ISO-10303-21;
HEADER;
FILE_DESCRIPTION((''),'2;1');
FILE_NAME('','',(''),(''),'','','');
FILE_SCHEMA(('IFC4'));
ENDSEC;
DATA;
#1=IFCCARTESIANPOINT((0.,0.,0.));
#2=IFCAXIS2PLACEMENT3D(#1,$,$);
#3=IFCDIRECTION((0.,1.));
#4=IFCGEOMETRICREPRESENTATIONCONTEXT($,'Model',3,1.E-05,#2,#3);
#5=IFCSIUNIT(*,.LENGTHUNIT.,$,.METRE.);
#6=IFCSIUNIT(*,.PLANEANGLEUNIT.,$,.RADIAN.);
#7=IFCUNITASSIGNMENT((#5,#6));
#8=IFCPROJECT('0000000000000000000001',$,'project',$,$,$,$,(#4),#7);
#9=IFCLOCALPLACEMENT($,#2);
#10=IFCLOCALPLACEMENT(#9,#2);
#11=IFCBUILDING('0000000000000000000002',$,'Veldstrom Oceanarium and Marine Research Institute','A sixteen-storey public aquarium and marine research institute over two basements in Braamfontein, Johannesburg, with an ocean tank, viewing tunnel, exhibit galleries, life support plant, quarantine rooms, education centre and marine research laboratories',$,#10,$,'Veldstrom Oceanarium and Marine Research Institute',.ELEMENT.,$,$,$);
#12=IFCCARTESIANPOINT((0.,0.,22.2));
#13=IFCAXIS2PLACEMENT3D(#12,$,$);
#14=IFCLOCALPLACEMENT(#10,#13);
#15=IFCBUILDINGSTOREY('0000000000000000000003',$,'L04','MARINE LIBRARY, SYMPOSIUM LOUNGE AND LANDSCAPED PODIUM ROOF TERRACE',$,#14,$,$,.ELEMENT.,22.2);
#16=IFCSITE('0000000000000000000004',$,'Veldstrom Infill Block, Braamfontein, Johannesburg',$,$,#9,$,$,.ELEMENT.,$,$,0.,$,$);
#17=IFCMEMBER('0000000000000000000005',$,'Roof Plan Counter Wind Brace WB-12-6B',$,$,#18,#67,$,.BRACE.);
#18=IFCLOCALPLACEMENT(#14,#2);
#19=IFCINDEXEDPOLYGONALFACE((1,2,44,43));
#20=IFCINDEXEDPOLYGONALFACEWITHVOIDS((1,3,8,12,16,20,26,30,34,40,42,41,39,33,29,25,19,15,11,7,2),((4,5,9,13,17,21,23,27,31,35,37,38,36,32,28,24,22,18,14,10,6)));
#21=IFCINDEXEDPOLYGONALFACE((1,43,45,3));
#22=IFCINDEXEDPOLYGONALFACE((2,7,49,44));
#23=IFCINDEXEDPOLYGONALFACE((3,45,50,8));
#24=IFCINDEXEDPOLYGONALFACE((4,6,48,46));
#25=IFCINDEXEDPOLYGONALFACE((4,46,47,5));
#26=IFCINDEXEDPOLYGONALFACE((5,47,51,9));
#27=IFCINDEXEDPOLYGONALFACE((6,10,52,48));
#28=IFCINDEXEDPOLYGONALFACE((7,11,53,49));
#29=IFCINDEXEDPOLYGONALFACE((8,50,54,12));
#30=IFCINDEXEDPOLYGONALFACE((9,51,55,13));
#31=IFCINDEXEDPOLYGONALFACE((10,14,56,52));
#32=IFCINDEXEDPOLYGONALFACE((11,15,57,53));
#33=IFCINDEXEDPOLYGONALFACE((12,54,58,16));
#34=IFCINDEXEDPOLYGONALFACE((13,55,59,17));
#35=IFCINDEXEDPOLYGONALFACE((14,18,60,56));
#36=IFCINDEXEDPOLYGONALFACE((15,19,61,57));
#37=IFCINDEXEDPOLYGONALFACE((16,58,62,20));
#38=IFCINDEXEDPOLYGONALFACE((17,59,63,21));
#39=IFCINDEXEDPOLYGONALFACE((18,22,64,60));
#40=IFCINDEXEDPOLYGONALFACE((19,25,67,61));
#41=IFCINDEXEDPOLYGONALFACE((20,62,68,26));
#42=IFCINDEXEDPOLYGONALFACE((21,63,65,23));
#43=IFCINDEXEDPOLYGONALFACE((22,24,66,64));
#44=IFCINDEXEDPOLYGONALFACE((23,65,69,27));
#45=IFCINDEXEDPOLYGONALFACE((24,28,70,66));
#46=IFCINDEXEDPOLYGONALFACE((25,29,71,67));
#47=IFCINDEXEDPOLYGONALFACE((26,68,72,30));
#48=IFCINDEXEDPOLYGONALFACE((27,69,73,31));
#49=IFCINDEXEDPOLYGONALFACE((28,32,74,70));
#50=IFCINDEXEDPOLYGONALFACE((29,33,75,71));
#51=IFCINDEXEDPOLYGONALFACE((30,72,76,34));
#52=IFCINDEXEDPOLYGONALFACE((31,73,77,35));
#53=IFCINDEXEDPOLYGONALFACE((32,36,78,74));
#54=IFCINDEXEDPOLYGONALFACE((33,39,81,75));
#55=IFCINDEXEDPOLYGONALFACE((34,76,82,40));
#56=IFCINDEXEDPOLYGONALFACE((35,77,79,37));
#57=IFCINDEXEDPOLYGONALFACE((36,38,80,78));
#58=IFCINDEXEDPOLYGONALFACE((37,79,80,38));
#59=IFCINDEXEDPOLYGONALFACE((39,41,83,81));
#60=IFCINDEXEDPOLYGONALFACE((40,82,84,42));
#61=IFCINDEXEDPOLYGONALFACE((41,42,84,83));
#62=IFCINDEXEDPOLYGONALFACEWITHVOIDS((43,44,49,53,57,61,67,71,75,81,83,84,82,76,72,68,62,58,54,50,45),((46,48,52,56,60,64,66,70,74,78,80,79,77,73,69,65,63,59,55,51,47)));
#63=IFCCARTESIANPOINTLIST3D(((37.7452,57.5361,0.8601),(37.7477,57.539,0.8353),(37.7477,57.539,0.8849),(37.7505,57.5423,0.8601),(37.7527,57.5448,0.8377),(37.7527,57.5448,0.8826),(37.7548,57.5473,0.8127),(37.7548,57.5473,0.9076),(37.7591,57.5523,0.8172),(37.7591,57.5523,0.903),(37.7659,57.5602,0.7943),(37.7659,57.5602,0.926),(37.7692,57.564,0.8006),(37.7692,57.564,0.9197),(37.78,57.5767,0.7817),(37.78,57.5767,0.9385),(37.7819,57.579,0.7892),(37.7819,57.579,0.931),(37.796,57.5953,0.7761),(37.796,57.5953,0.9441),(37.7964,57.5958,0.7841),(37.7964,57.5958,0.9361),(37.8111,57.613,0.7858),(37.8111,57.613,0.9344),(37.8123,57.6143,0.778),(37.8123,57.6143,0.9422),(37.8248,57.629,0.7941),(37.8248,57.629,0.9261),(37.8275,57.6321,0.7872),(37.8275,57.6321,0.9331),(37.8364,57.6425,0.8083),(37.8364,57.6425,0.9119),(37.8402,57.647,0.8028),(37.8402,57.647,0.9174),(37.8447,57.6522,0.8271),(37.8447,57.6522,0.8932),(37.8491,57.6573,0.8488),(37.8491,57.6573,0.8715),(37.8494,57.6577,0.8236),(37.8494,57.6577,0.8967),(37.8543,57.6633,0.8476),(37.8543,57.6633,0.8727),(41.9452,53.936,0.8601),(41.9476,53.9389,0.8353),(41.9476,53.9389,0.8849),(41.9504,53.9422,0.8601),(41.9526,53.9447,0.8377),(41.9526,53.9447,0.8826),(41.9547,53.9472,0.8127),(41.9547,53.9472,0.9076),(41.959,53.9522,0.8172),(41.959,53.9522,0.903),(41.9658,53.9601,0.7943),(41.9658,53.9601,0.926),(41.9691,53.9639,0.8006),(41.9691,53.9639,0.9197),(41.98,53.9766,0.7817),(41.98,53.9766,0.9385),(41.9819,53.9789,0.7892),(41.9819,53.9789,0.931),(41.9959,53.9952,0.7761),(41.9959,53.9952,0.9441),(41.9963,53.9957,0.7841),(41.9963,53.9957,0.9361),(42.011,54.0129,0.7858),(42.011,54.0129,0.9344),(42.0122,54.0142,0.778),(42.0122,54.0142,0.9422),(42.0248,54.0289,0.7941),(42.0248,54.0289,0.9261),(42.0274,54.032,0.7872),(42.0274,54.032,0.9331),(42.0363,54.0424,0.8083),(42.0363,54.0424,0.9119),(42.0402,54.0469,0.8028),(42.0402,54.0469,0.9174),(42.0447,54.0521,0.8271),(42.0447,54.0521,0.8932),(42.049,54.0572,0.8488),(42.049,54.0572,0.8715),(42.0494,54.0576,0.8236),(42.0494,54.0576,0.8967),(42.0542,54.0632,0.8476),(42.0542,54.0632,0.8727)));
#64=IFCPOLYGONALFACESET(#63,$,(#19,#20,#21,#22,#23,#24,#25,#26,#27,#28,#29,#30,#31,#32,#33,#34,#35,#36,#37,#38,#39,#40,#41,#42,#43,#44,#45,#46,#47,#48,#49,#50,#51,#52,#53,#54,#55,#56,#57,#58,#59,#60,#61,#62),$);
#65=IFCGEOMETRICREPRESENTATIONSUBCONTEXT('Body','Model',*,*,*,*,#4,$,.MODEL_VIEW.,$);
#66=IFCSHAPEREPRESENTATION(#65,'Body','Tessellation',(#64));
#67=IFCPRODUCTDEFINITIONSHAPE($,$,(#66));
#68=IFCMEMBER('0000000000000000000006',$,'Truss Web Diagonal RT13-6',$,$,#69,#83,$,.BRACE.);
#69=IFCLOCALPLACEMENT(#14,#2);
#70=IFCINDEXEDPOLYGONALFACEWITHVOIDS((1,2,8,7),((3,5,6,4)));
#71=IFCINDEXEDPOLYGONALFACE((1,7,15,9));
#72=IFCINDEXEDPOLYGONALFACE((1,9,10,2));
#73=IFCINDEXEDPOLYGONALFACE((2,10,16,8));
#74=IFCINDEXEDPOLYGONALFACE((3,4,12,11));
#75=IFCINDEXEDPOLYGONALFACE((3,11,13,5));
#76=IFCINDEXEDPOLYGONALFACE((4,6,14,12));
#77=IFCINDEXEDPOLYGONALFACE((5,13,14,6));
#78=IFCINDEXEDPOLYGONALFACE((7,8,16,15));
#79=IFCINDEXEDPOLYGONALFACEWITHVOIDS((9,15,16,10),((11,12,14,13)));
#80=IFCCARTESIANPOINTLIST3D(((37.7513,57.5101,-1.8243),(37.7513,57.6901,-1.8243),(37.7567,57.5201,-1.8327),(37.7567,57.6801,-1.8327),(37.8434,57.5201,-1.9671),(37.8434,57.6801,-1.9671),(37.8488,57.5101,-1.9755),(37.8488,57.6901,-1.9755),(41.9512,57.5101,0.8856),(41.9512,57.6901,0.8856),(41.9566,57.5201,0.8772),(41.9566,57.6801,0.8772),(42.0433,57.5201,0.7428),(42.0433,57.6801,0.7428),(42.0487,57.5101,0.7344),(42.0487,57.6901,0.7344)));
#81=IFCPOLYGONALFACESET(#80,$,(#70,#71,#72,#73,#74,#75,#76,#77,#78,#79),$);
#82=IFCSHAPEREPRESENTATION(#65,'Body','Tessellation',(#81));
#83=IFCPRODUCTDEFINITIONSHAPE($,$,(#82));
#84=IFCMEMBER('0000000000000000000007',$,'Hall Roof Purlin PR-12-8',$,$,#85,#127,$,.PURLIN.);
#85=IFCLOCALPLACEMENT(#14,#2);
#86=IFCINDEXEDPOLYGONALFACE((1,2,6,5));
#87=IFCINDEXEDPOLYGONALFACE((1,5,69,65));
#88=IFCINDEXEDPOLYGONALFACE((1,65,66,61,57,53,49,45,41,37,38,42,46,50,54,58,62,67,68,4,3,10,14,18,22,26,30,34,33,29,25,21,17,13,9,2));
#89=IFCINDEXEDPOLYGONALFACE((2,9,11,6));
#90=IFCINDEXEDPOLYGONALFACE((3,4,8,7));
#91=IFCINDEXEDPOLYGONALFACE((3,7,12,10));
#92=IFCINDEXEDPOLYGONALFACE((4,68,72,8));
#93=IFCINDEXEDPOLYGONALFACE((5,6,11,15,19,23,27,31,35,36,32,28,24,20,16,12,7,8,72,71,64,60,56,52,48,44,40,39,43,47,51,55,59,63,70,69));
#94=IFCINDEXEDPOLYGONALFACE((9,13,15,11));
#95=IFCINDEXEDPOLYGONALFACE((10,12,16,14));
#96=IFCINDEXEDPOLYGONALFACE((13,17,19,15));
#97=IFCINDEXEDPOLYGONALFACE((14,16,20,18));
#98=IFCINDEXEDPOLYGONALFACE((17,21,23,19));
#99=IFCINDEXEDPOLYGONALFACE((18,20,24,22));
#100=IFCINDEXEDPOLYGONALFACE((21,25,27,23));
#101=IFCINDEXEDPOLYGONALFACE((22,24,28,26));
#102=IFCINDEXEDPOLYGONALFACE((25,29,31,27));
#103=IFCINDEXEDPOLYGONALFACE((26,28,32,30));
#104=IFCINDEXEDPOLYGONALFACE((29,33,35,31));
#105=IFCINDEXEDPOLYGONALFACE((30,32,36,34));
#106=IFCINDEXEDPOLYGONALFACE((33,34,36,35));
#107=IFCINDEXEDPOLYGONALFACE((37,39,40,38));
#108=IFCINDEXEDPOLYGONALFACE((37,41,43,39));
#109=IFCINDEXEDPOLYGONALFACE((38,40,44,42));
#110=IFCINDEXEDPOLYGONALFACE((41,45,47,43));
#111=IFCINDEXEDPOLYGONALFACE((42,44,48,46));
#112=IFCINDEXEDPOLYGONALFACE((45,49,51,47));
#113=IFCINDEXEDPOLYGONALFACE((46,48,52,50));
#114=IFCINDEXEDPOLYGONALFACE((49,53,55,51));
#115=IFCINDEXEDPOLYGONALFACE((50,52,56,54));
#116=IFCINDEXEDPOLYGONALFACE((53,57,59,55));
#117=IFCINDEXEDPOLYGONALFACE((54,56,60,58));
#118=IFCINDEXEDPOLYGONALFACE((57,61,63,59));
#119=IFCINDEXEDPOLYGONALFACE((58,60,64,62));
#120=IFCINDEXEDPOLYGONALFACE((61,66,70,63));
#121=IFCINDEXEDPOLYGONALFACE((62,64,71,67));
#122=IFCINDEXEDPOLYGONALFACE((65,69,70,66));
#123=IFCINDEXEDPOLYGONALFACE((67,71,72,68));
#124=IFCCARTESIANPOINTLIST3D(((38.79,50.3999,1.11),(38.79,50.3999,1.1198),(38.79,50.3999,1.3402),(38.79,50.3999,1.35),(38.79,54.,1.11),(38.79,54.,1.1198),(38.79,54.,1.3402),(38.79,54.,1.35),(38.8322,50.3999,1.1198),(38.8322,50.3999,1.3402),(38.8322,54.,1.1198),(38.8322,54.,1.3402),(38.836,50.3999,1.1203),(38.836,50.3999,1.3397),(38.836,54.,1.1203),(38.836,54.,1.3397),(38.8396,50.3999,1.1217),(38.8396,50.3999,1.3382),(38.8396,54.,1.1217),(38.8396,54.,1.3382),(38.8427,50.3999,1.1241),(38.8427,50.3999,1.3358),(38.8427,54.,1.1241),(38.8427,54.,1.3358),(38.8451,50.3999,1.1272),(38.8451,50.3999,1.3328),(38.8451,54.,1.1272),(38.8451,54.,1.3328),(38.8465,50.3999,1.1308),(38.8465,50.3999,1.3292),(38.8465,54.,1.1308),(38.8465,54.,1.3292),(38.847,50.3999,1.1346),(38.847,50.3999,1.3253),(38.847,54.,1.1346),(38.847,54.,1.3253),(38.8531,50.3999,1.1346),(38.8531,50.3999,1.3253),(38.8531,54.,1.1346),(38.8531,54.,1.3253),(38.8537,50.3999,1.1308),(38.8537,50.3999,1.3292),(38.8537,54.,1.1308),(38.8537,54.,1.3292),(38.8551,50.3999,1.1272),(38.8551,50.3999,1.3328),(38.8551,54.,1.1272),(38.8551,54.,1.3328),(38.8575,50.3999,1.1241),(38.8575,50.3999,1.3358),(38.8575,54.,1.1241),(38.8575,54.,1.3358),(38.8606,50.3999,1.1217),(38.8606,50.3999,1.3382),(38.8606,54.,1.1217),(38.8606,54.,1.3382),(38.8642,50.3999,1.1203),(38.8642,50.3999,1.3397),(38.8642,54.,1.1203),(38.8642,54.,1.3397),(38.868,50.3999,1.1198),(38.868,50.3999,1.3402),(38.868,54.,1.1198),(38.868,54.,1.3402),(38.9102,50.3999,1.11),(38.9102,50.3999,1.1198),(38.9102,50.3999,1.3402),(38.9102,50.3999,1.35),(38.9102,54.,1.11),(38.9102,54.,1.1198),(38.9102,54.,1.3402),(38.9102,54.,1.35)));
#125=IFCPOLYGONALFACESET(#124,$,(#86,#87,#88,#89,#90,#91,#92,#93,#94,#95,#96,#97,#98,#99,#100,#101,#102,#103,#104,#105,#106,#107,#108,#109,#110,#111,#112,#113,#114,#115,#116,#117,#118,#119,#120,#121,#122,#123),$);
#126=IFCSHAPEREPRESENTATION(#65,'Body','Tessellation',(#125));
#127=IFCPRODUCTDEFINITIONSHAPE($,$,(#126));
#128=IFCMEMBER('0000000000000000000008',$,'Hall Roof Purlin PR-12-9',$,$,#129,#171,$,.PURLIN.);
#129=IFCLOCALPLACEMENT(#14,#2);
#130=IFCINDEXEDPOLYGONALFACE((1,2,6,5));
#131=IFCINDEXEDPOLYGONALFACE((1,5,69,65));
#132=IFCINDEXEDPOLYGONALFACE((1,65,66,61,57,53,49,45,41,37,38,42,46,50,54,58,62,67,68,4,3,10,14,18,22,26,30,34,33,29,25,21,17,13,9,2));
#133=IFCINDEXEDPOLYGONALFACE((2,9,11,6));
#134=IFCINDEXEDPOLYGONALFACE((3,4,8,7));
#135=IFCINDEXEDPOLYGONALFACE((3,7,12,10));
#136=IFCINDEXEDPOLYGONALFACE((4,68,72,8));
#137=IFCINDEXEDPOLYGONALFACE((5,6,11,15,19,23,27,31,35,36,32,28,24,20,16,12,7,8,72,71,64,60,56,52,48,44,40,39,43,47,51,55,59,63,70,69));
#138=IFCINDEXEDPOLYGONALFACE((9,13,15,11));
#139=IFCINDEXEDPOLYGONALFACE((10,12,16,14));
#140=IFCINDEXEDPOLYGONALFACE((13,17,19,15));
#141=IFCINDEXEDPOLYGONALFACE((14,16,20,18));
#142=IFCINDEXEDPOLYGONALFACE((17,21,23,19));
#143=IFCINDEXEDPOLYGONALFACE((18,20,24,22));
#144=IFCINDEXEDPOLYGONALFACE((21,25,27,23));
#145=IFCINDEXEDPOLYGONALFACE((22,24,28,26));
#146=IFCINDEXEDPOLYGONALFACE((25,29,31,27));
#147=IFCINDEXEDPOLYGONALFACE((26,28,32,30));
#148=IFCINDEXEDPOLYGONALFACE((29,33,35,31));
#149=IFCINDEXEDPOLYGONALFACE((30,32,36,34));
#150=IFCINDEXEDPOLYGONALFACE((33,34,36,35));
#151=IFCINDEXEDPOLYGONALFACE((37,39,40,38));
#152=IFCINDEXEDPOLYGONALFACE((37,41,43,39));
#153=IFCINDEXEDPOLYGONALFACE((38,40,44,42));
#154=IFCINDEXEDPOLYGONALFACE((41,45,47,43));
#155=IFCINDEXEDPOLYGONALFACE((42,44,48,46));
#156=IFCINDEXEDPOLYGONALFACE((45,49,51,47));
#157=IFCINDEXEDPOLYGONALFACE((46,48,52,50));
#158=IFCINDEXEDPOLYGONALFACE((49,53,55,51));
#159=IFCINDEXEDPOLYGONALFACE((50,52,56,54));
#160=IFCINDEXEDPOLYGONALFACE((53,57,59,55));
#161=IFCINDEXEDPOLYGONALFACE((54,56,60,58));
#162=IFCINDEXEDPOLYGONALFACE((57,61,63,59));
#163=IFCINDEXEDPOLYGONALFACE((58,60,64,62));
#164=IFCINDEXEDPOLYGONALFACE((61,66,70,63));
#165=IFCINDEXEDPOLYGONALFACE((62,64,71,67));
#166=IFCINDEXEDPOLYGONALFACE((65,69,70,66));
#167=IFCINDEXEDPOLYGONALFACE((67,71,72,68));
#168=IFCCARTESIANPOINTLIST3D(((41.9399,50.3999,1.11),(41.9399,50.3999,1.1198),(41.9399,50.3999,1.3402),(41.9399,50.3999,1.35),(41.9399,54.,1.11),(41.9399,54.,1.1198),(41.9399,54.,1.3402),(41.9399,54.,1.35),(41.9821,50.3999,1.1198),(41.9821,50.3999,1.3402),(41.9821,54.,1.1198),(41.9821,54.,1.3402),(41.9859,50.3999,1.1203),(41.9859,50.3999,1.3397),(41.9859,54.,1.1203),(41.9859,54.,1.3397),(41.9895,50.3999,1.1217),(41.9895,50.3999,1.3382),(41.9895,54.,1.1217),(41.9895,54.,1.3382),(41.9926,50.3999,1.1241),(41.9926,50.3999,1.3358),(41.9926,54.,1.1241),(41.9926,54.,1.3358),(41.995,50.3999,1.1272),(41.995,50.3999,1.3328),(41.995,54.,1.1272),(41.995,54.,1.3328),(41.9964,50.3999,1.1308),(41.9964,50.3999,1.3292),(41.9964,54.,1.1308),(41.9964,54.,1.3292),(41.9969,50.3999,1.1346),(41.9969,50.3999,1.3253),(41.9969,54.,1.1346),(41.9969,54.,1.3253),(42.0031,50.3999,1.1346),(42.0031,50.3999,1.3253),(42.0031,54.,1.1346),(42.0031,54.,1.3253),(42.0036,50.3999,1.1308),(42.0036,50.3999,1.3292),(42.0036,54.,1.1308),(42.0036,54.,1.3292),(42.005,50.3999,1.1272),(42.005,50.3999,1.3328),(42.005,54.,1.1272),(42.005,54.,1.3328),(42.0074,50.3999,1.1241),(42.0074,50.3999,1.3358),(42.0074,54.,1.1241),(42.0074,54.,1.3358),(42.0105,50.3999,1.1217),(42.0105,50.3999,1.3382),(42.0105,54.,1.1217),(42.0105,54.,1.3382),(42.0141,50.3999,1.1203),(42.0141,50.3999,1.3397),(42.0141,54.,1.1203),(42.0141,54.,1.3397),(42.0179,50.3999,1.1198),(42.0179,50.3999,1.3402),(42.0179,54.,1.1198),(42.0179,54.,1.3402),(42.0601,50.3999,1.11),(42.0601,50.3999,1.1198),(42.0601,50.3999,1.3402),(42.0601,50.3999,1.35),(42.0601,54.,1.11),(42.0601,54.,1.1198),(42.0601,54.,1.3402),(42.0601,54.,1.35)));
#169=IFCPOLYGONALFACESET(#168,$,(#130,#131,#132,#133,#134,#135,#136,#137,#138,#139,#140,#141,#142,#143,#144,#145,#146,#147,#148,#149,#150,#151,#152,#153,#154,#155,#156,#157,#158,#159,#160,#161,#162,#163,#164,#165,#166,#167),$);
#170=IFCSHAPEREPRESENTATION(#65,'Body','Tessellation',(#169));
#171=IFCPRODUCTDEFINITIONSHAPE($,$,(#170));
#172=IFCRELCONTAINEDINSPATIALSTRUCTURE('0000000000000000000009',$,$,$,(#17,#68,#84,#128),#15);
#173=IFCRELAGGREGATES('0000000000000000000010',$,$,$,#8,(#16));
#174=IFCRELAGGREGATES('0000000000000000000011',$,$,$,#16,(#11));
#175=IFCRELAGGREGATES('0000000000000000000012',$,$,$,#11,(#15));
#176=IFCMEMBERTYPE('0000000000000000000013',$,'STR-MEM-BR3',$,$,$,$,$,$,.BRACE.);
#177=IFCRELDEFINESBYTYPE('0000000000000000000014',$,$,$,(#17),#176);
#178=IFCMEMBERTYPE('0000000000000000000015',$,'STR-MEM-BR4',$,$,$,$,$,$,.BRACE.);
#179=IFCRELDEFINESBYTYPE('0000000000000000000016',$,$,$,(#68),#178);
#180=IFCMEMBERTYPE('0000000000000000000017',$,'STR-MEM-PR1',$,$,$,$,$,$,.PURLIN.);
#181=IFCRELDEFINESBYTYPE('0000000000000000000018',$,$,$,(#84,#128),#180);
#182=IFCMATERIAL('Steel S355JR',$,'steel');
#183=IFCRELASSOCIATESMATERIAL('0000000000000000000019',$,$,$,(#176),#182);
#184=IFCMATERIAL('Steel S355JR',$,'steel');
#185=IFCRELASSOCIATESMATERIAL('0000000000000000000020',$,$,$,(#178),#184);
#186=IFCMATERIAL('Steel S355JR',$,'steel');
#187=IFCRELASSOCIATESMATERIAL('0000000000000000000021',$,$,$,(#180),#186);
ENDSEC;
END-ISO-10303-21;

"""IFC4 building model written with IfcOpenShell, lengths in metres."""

from ifc_helpers import new_model, si_unit, direction, frame, origin, origin_2d, place, context, subcontext, project, spatial, hollow_rectangle, hollow_circle, i_section, extrude, material, material_profile, profile_set, type_object, element, save


model = new_model("IFC4")

# Units and contexts
model_context = context("Model", 3, precision=1e-05, world=origin(), true_north=direction((0.0, 1.0)))
body_context = subcontext(model_context, "Body", "Model", "MODEL_VIEW")
ifc_project = project(units=[si_unit("LENGTHUNIT", "METRE"), si_unit("PLANEANGLEUNIT", "RADIAN")], contexts=[model_context])

# Site, building, storey
site_placement = place(None, origin())
site = spatial("IfcSite", under=ifc_project, at=site_placement, Name="Veldstrom Infill Block, Braamfontein, Johannesburg", CompositionType="ELEMENT", RefElevation=0.0)
building_placement = place(site_placement, origin())
building = spatial("IfcBuilding", under=site, at=building_placement, Name="Veldstrom Oceanarium and Marine Research Institute", Description="A sixteen-storey public aquarium and marine research institute over two basements in Braamfontein, Johannesburg, with an ocean tank, viewing tunnel, exhibit galleries, life support plant, quarantine rooms, education centre and marine research laboratories", LongName="Veldstrom Oceanarium and Marine Research Institute", CompositionType="ELEMENT")
storey_placement = place(building_placement, frame((0.0, 0.0, 22.2)))
storey = spatial("IfcBuildingStorey", under=building, at=storey_placement, Name="L04", Description="MARINE LIBRARY, SYMPOSIUM LOUNGE AND LANDSCAPED PODIUM ROOF TERRACE", CompositionType="ELEMENT", Elevation=22.2)

# Members
ifc_material_1 = material(Name="Steel S355JR", Category="steel")
ifc_material_profile_1 = material_profile(ifc_material_1, hollow_circle(Radius=0.0842, WallThickness=0.0081, at=origin_2d()), Name="CHS 168.3x8")
ifc_profile_set_1 = profile_set([ifc_material_profile_1], Name="Steel S355JR")
member_type_1 = type_object("IfcMemberType", Name="STR-MEM-BR3", PredefinedType="BRACE", material=ifc_profile_set_1)
for number, where, z_axis, x_axis, name in (
    (1, (42.0, 54.0, 0.8601), (-0.759244, 0.650806, 0.0), (-0.650806, -0.759244, 0.0), "Roof Plan Counter Wind Brace WB-12-6B"),
):
    element("IfcMember", number, at=place(storey_placement, frame(where, z_axis=z_axis, x_axis=x_axis)), inside=storey, type_object=member_type_1, Name=name, PredefinedType="BRACE", context=body_context, shape_type="SweptSolid", body=[
        extrude(hollow_circle(Radius=0.0842, WallThickness=0.0081, at=origin_2d()), origin(), (0.0, 0.0, 1.0), 5.5317),
    ])
ifc_material_2 = material(Name="Steel S355JR", Category="steel")
ifc_material_profile_2 = material_profile(ifc_material_2, hollow_rectangle(XDim=0.1799, YDim=0.1799, WallThickness=0.01, at=origin_2d()), Name="SHS 180x180x10")
ifc_profile_set_2 = profile_set([ifc_material_profile_2], Name="Steel S355JR")
member_type_2 = type_object("IfcMemberType", Name="STR-MEM-BR4", PredefinedType="BRACE", material=ifc_profile_set_2)
member_1_placement = place(storey_placement, frame((37.8, 57.6001, -1.8999), z_axis=(0.840268, 0.0, 0.542171), x_axis=(0.0, 1.0, 0.0)))
element("IfcMember", 2, at=member_1_placement, inside=storey, type_object=member_type_2, Name="Truss Web Diagonal RT13-6", PredefinedType="BRACE", context=body_context, shape_type="SweptSolid", body=[
    extrude(hollow_rectangle(XDim=0.1799, YDim=0.1799, WallThickness=0.01, at=origin_2d()), origin(), (0.0, 0.0, 1.0), 4.9983),
])
ifc_material_3 = material(Name="Steel S355JR", Category="steel")
ifc_material_profile_3 = material_profile(ifc_material_3, i_section(OverallWidth=0.1201, OverallDepth=0.24, WebThickness=0.0061, FlangeThickness=0.0098, FilletRadius=0.0149, at=origin_2d()), Name="IPE 240")
ifc_profile_set_3 = profile_set([ifc_material_profile_3], Name="Steel S355JR")
member_type_3 = type_object("IfcMemberType", Name="STR-MEM-PR1", PredefinedType="PURLIN", material=ifc_profile_set_3)
for number, where, z_axis, x_axis, name in (
    (3, (38.8501, 50.3999, 1.23), (0.0, 1.0, 0.0), (-1.0, 0.0, 0.0), "Hall Roof Purlin PR-12-8"),
    (4, (42.0, 50.3999, 1.23), (0.0, 1.0, 0.0), (-1.0, 0.0, 0.0), "Hall Roof Purlin PR-12-9"),
):
    element("IfcMember", number, at=place(storey_placement, frame(where, z_axis=z_axis, x_axis=x_axis)), inside=storey, type_object=member_type_3, Name=name, PredefinedType="PURLIN", context=body_context, shape_type="SweptSolid", body=[
        extrude(i_section(OverallWidth=0.1201, OverallDepth=0.24, WebThickness=0.0061, FlangeThickness=0.0098, FilletRadius=0.0149, at=origin_2d()), origin(), (0.0, 0.0, 1.0), 3.6001),
    ])

save(model, "model.ifc")
